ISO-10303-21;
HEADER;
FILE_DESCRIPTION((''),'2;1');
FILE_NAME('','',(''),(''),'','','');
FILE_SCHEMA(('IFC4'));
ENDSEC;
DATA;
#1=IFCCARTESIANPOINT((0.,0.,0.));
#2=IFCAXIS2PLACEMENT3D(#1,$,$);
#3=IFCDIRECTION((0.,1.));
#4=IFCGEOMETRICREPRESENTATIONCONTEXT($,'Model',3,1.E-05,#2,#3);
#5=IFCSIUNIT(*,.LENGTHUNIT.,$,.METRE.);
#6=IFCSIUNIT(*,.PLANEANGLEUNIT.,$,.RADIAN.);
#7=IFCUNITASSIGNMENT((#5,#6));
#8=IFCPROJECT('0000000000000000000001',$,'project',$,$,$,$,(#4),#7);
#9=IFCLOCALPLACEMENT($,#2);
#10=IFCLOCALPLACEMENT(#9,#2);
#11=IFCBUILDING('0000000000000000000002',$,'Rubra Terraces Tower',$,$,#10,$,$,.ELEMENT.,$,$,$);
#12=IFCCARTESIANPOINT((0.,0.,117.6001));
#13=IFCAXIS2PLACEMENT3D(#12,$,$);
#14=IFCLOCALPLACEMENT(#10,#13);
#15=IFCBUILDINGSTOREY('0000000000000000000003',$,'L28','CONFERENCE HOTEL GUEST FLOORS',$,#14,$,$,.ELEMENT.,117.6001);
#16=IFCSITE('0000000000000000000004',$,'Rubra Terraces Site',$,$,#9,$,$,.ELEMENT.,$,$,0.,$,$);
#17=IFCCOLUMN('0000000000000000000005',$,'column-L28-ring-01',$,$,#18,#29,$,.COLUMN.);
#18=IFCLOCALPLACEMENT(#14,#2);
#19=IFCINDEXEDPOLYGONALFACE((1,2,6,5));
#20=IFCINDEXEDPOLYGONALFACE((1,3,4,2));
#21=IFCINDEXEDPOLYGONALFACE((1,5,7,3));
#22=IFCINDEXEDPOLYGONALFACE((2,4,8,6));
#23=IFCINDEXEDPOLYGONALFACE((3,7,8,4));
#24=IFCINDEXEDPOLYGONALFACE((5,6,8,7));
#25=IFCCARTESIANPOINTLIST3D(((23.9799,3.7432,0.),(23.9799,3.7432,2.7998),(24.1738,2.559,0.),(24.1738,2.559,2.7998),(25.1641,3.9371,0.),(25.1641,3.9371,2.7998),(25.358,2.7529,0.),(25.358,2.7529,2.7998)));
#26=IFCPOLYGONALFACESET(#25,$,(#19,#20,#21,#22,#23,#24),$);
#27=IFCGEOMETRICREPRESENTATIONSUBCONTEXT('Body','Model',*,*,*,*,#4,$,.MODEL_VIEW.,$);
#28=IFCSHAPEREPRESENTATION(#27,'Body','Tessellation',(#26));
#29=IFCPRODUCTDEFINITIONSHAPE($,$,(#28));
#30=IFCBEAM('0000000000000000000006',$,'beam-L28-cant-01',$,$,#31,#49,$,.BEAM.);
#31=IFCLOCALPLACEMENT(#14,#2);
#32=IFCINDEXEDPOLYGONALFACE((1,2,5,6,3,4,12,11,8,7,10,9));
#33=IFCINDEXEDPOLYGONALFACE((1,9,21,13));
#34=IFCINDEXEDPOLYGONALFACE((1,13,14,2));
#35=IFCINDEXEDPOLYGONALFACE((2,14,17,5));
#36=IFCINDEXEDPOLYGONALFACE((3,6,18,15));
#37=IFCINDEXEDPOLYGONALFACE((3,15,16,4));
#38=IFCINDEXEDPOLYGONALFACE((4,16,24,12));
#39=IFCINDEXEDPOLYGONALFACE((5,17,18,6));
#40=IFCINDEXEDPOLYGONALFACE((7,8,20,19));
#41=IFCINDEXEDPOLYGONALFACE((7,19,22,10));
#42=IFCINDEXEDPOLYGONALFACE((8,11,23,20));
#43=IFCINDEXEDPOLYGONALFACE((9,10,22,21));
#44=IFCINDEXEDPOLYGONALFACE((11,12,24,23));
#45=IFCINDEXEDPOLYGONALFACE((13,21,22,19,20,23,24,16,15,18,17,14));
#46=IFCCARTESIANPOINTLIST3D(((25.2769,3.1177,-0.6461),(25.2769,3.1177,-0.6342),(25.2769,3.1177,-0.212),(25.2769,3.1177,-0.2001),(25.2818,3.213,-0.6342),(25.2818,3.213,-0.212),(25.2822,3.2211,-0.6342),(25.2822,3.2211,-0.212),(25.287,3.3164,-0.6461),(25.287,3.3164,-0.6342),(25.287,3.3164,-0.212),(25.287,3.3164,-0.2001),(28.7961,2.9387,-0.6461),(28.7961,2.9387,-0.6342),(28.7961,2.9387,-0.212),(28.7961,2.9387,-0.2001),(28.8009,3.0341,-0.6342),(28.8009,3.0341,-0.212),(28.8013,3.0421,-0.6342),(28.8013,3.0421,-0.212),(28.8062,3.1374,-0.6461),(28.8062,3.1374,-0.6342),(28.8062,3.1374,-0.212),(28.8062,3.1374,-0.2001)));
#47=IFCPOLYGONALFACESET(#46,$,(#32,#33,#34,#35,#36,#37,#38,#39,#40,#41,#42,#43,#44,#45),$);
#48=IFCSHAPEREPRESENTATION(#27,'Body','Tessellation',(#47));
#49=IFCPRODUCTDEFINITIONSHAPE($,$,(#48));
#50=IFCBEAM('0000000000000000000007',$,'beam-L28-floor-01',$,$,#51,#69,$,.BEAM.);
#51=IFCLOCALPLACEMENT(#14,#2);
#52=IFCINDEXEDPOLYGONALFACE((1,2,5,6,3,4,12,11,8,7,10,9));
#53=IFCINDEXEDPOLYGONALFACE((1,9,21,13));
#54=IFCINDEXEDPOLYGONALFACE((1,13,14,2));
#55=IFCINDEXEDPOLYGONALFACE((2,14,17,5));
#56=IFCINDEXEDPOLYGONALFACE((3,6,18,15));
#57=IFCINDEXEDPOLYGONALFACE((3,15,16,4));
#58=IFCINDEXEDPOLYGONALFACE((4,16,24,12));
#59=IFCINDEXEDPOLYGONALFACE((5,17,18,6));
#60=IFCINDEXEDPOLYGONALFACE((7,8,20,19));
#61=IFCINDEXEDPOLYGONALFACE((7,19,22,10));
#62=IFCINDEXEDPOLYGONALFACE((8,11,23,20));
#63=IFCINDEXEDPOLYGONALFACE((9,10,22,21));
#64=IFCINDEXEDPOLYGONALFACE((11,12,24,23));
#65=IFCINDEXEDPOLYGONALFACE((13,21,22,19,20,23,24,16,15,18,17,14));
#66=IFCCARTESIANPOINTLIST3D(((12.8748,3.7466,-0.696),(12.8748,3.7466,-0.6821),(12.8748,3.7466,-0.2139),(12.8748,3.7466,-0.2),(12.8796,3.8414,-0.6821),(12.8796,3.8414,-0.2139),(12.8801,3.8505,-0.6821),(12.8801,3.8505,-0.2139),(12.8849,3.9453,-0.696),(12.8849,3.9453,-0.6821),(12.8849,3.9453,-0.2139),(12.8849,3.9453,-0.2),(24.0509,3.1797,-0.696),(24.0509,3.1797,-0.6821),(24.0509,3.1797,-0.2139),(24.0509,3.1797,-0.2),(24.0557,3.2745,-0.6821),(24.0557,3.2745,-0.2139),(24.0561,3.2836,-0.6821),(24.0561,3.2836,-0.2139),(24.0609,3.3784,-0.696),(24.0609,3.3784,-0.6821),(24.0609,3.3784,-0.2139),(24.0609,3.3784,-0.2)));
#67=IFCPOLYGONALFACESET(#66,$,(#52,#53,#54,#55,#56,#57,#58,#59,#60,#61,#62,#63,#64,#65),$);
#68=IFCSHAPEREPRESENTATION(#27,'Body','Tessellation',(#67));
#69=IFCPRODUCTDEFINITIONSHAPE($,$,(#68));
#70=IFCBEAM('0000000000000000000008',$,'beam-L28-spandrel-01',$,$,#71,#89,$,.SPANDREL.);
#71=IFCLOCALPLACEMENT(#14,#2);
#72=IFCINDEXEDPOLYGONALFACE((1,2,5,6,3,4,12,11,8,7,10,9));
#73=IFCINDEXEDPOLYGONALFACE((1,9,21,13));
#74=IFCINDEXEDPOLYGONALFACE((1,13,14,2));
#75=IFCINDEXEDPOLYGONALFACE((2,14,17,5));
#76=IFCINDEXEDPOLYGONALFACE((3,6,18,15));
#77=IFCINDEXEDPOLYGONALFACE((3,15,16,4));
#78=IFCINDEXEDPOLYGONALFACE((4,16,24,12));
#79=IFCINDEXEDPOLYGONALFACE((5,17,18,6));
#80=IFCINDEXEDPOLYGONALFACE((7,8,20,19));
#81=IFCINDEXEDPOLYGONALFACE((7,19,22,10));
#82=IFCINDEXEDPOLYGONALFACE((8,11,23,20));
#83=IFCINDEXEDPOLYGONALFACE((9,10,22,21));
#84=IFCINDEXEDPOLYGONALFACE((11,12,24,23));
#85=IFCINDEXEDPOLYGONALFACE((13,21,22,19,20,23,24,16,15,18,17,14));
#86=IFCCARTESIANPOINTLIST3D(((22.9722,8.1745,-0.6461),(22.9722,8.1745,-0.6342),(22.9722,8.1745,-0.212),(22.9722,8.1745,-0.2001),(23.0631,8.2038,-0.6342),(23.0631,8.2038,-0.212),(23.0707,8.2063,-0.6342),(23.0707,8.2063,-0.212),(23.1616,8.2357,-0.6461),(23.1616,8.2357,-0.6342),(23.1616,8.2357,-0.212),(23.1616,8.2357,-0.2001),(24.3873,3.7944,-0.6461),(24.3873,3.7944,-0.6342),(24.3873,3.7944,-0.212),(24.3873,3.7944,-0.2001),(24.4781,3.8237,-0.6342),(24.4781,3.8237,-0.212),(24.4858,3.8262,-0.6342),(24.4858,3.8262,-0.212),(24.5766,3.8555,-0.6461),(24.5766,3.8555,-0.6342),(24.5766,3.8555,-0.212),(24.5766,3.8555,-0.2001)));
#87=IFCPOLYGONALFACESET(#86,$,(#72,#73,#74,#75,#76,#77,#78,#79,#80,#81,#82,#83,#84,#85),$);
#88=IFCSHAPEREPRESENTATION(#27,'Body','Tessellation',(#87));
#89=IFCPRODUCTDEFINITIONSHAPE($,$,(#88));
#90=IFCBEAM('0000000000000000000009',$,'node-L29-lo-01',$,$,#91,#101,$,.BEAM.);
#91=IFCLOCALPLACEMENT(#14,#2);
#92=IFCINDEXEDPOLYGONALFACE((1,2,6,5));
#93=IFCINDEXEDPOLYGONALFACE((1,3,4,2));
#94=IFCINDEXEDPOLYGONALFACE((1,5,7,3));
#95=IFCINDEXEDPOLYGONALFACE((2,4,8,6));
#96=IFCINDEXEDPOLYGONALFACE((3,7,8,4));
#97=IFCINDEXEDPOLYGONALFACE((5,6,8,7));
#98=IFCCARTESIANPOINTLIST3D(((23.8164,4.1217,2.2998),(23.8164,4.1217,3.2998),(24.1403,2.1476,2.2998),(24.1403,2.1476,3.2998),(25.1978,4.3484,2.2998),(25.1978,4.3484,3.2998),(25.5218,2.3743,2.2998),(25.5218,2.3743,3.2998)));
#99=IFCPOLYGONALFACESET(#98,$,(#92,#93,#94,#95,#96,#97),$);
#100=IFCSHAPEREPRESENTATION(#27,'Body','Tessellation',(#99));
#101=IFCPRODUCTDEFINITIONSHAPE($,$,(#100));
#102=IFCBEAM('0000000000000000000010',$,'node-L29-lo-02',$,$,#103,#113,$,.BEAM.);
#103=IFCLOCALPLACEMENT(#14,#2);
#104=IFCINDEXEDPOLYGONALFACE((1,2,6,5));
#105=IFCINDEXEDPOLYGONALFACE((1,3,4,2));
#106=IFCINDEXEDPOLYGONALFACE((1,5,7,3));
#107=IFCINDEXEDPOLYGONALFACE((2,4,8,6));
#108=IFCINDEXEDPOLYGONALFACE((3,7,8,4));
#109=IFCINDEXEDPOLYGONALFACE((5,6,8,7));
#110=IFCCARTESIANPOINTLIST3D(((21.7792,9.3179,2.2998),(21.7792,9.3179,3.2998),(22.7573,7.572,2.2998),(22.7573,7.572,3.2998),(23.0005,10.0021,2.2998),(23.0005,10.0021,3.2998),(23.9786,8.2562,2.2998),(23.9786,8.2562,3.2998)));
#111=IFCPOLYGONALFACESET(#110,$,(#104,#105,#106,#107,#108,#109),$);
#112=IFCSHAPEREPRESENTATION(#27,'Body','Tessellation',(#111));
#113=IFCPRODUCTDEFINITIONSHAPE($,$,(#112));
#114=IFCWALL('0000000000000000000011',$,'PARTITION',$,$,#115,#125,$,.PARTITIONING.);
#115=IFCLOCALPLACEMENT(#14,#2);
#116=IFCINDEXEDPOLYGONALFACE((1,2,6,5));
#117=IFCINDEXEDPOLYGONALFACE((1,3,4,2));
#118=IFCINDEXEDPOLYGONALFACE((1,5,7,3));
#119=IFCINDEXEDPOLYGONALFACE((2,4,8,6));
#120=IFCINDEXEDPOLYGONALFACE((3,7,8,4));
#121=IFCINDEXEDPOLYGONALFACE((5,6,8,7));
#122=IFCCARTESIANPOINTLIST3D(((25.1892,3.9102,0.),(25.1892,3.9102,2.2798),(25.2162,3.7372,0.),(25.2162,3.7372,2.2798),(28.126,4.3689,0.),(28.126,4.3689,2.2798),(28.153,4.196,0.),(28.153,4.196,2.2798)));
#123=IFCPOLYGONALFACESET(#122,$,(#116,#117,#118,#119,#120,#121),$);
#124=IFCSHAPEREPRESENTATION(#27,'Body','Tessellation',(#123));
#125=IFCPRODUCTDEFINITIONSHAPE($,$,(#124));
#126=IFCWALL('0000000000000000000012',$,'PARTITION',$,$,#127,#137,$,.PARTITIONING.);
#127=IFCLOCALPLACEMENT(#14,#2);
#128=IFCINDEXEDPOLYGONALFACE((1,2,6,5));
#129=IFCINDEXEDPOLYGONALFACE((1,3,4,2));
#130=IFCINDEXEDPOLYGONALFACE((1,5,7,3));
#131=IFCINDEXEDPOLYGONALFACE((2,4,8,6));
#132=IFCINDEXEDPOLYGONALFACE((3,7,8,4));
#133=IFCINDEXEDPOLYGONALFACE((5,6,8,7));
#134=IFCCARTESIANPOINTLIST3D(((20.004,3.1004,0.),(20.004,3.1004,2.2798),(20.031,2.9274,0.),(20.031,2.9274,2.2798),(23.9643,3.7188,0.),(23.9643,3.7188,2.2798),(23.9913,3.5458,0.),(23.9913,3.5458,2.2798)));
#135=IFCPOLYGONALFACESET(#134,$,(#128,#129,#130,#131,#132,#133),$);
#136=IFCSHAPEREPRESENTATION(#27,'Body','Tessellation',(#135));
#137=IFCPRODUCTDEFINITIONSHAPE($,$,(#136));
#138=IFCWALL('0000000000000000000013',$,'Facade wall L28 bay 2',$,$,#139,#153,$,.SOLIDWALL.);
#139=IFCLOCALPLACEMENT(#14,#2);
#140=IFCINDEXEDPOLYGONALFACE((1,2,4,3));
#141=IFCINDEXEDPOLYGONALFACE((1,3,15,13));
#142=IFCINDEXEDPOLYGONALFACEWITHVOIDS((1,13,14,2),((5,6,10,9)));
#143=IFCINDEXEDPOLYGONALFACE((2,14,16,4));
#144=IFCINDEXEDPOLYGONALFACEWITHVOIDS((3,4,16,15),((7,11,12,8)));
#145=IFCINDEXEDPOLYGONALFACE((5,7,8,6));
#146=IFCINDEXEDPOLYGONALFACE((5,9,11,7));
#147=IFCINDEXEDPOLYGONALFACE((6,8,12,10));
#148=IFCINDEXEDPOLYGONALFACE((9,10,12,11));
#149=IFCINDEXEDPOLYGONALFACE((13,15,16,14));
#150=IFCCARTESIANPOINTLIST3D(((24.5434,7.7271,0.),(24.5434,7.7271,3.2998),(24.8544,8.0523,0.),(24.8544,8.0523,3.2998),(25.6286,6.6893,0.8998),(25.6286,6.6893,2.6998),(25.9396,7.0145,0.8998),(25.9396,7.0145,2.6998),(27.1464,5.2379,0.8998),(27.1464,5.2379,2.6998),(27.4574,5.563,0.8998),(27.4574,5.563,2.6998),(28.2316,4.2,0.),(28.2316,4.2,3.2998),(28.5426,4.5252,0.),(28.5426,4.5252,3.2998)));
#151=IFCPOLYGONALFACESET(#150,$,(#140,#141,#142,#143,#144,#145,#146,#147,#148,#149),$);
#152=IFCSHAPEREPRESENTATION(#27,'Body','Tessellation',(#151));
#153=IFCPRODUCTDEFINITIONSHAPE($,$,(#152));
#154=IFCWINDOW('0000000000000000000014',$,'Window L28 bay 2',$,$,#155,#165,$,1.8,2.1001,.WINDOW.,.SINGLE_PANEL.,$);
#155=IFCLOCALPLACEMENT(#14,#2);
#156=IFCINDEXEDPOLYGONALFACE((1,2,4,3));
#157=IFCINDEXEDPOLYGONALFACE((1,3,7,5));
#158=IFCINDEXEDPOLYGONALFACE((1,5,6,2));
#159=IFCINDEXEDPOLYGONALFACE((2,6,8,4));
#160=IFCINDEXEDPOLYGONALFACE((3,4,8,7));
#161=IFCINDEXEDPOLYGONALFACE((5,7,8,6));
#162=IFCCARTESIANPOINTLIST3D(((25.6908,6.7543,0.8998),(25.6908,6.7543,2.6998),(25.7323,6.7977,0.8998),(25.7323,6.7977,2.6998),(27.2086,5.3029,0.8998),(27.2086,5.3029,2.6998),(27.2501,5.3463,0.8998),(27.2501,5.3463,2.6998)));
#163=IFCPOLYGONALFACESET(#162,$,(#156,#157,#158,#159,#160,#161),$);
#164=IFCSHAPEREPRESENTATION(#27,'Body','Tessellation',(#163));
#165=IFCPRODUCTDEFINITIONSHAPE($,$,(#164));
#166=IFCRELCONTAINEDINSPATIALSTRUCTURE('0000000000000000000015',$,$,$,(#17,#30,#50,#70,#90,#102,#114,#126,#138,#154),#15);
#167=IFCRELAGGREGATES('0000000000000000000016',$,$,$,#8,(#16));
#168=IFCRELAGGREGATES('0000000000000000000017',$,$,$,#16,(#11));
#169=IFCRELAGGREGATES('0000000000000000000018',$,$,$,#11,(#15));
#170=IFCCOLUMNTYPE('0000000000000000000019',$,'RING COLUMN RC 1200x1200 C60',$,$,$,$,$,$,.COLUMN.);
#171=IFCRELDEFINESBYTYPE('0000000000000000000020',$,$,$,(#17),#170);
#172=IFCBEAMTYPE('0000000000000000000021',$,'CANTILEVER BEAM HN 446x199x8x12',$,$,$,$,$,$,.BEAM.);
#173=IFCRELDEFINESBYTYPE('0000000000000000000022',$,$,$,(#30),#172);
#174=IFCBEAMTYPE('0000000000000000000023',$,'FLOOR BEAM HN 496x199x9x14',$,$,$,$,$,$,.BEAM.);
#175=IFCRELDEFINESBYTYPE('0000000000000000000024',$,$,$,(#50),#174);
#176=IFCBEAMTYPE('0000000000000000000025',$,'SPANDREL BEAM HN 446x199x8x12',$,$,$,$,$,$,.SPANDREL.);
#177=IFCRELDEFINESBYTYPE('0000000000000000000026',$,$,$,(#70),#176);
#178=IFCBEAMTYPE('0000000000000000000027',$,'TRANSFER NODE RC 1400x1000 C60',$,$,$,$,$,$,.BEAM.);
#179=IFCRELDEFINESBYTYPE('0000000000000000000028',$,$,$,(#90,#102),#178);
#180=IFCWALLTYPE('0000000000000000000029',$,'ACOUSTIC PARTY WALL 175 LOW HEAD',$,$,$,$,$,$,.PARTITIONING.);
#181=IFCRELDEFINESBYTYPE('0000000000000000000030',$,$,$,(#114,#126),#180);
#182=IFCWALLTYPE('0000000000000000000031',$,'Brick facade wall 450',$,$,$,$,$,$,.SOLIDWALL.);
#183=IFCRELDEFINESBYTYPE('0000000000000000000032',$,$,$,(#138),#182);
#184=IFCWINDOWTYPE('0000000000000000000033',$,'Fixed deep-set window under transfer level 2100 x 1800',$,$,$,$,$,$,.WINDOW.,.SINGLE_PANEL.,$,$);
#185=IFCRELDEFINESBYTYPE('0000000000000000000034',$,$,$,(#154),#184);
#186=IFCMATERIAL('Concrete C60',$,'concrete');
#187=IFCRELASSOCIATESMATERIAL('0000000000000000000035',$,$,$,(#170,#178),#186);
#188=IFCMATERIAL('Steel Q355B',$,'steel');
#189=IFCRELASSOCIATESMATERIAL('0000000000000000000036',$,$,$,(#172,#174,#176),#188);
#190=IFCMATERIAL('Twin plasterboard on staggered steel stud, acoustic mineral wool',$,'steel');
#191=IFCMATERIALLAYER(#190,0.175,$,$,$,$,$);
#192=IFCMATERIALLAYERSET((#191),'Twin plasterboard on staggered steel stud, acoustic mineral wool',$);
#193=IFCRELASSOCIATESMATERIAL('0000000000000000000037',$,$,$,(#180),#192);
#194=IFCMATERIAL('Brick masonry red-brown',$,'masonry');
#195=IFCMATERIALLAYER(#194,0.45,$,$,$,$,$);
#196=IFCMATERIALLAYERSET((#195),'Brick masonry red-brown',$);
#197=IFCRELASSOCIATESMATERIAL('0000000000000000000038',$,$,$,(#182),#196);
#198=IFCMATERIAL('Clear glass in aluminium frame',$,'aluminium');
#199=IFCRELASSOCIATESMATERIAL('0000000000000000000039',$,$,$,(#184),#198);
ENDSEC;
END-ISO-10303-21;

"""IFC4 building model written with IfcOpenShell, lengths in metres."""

from ifc_helpers import new_model, si_unit, direction, frame, frame_2d, origin, origin_2d, place, context, subcontext, project, spatial, rectangle, i_section, extrude, material, layer, layer_set, material_profile, profile_set, type_object, element, fill, save


model = new_model("IFC4")

# Units and contexts
model_context = context("Model", 3, precision=1e-05, world=origin(), true_north=direction((0.0, 1.0)))
body_context = subcontext(model_context, "Body", "Model", "MODEL_VIEW")
ifc_project = project(units=[si_unit("LENGTHUNIT", "METRE"), si_unit("PLANEANGLEUNIT", "RADIAN")], contexts=[model_context])

# Site, building, storey
site_placement = place(None, origin())
site = spatial("IfcSite", under=ifc_project, at=site_placement, Name="Rubra Terraces Site", CompositionType="ELEMENT", RefElevation=0.0)
building_placement = place(site_placement, origin())
building = spatial("IfcBuilding", under=site, at=building_placement, Name="Rubra Terraces Tower", CompositionType="ELEMENT")
storey_placement = place(building_placement, frame((0.0, 0.0, 117.6001)))
storey = spatial("IfcBuildingStorey", under=building, at=storey_placement, Name="L28", Description="CONFERENCE HOTEL GUEST FLOORS", CompositionType="ELEMENT", Elevation=117.6001)

# Column
ifc_material_1 = material(Name="Concrete C60", Category="concrete")
ifc_material_profile_1 = material_profile(ifc_material_1, rectangle(XDim=1.2, YDim=1.2, at=origin_2d()), Name="RC 1200x1200")
ifc_profile_set_1 = profile_set([ifc_material_profile_1], Name="Concrete C60")
column_type = type_object("IfcColumnType", Name="RING COLUMN RC 1200x1200 C60", PredefinedType="COLUMN", material=ifc_profile_set_1)
column_placement = place(storey_placement, frame((24.6689, 3.248, 0.0), z_axis=(0.0, 0.0, 1.0), x_axis=(-0.161559, 0.986863, 0.0)))
element("IfcColumn", 1, at=column_placement, inside=storey, type_object=column_type, Name="column-L28-ring-01", PredefinedType="COLUMN", context=body_context, shape_type="SweptSolid", body=[
    extrude(rectangle(XDim=1.2, YDim=1.2, at=origin_2d()), origin(), (0.0, 0.0, 1.0), 2.7998),
])

# Beams
ifc_material_2 = material(Name="Steel Q355B", Category="steel")
ifc_material_profile_2 = material_profile(ifc_material_2, i_section(OverallWidth=0.199, OverallDepth=0.446, WebThickness=0.0081, FlangeThickness=0.012, at=origin_2d()), Name="HN 446x199x8x12")
ifc_profile_set_2 = profile_set([ifc_material_profile_2], Name="Steel Q355B")
beam_type_1 = type_object("IfcBeamType", Name="CANTILEVER BEAM HN 446x199x8x12", PredefinedType="BEAM", material=ifc_profile_set_2)
beam_1_placement = place(storey_placement, frame((25.282, 3.217, -0.4231), z_axis=(0.998709, -0.050788, 0.0), x_axis=(0.050788, 0.998709, 0.0)))
element("IfcBeam", 2, at=beam_1_placement, inside=storey, type_object=beam_type_1, Name="beam-L28-cant-01", PredefinedType="BEAM", context=body_context, shape_type="SweptSolid", body=[
    extrude(i_section(OverallWidth=0.199, OverallDepth=0.446, WebThickness=0.0081, FlangeThickness=0.012, at=origin_2d()), origin(), (0.0, 0.0, 1.0), 3.5237),
])
ifc_material_profile_3 = material_profile(ifc_material_2, i_section(OverallWidth=0.199, OverallDepth=0.4961, WebThickness=0.009, FlangeThickness=0.0139, at=origin_2d()), Name="HN 496x199x9x14")
ifc_profile_set_3 = profile_set([ifc_material_profile_3], Name="Steel Q355B")
beam_type_2 = type_object("IfcBeamType", Name="FLOOR BEAM HN 496x199x9x14", PredefinedType="BEAM", material=ifc_profile_set_3)
beam_2_placement = place(storey_placement, frame((24.0559, 3.2791, -0.448), z_axis=(-0.998716, 0.050659, 0.0), x_axis=(-0.050659, -0.998716, 0.0)))
element("IfcBeam", 3, at=beam_2_placement, inside=storey, type_object=beam_type_2, Name="beam-L28-floor-01", PredefinedType="BEAM", context=body_context, shape_type="SweptSolid", body=[
    extrude(i_section(OverallWidth=0.199, OverallDepth=0.4961, WebThickness=0.009, FlangeThickness=0.0139, at=origin_2d()), origin(), (0.0, 0.0, 1.0), 11.1904),
])
ifc_material_profile_4 = material_profile(ifc_material_2, i_section(OverallWidth=0.199, OverallDepth=0.446, WebThickness=0.0081, FlangeThickness=0.012, at=origin_2d()), Name="HN 446x199x8x12")
ifc_profile_set_4 = profile_set([ifc_material_profile_4], Name="Steel Q355B")
beam_type_3 = type_object("IfcBeamType", Name="SPANDREL BEAM HN 446x199x8x12", PredefinedType="SPANDREL", material=ifc_profile_set_4)
beam_3_placement = place(storey_placement, frame((24.4819, 3.825, -0.4231), z_axis=(-0.307415, 0.951576, 0.0), x_axis=(-0.951576, -0.307415, 0.0)))
element("IfcBeam", 4, at=beam_3_placement, inside=storey, type_object=beam_type_3, Name="beam-L28-spandrel-01", PredefinedType="SPANDREL", context=body_context, shape_type="SweptSolid", body=[
    extrude(i_section(OverallWidth=0.199, OverallDepth=0.446, WebThickness=0.0081, FlangeThickness=0.012, at=origin_2d()), origin(), (0.0, 0.0, 1.0), 4.603),
])
ifc_material_profile_5 = material_profile(ifc_material_1, rectangle(XDim=1.3999, YDim=1.0, at=origin_2d()), Name="RC 1400x1000")
ifc_profile_set_5 = profile_set([ifc_material_profile_5], Name="Concrete C60")
beam_type_4 = type_object("IfcBeamType", Name="TRANSFER NODE RC 1400x1000 C60", PredefinedType="BEAM", material=ifc_profile_set_5)
beam_4_placement = place(storey_placement, frame((24.8311, 2.261, 2.7998), z_axis=(-0.161945, 0.9868, 0.0), x_axis=(-0.9868, -0.161945, 0.0)))
element("IfcBeam", 5, at=beam_4_placement, inside=storey, type_object=beam_type_4, Name="node-L29-lo-01", PredefinedType="BEAM", context=body_context, shape_type="SweptSolid", body=[
    extrude(rectangle(XDim=1.3999, YDim=1.0, at=origin_2d()), origin(), (0.0, 0.0, 1.0), 2.0005),
])
beam_5_placement = place(storey_placement, frame((23.3679, 7.9141, 2.7998), z_axis=(-0.488737, 0.872431, 0.0), x_axis=(-0.872431, -0.488737, 0.0)))
element("IfcBeam", 6, at=beam_5_placement, inside=storey, type_object=beam_type_4, Name="node-L29-lo-02", PredefinedType="BEAM", context=body_context, shape_type="SweptSolid", body=[
    extrude(rectangle(XDim=1.3999, YDim=1.0, at=origin_2d()), origin(), (0.0, 0.0, 1.0), 2.0012),
])

# Walls
ifc_material_3 = material(Name="Twin plasterboard on staggered steel stud, acoustic mineral wool", Category="steel")
ifc_layer_1 = layer(ifc_material_3, 0.175)
ifc_layer_set_1 = layer_set([ifc_layer_1], Name="Twin plasterboard on staggered steel stud, acoustic mineral wool")
wall_type_1 = type_object("IfcWallType", Name="ACOUSTIC PARTY WALL 175 LOW HEAD", PredefinedType="PARTITIONING", material=ifc_layer_set_1)
wall_1_placement = place(storey_placement, frame((28.1396, 4.2825, 0.0), z_axis=(0.0, 0.0, 1.0), x_axis=(-0.988019, -0.154334, 0.0)))
element("IfcWall", 7, at=wall_1_placement, inside=storey, type_object=wall_type_1, Name="PARTITION", PredefinedType="PARTITIONING", context=body_context, shape_type="SweptSolid", body=[
    extrude(rectangle(XDim=2.9724, YDim=0.175, at=frame_2d((1.4863, 0.0))), origin(), (0.0, 0.0, 1.0), 2.2798),
])
wall_2_placement = place(storey_placement, frame((23.9778, 3.6323, 0.0), z_axis=(0.0, 0.0, 1.0), x_axis=(-0.988026, -0.154286, 0.0)))
element("IfcWall", 8, at=wall_2_placement, inside=storey, type_object=wall_type_1, Name="PARTITION", PredefinedType="PARTITIONING", context=body_context, shape_type="SweptSolid", body=[
    extrude(rectangle(XDim=4.0083, YDim=0.175, at=frame_2d((2.0042, 0.0))), origin(), (0.0, 0.0, 1.0), 2.2798),
])

# Wall, opening, window
ifc_material_4 = material(Name="Brick masonry red-brown", Category="masonry")
ifc_layer_2 = layer(ifc_material_4, 0.45)
ifc_layer_set_2 = layer_set([ifc_layer_2], Name="Brick masonry red-brown")
wall_type_2 = type_object("IfcWallType", Name="Brick facade wall 450", PredefinedType="SOLIDWALL", material=ifc_layer_set_2)
wall_3_placement = place(storey_placement, frame((28.3872, 4.3625, 0.0), z_axis=(0.0, 0.0, 1.0), x_axis=(-0.722718, 0.691143, 0.0)))
wall_3 = element("IfcWall", 9, at=wall_3_placement, inside=storey, type_object=wall_type_2, Name="Facade wall L28 bay 2", PredefinedType="SOLIDWALL", context=body_context, shape_type="SweptSolid", body=[
    extrude(rectangle(XDim=5.1033, YDim=0.45, at=frame_2d((2.5518, 0.0))), origin(), (0.0, 0.0, 1.0), 3.2998),
])
opening_1_placement = place(wall_3_placement, frame((1.5017, 0.0, 0.8999)))
opening_1 = element("IfcOpeningElement", 10, at=opening_1_placement, cuts=wall_3, PredefinedType="OPENING", context=body_context, shape_type="SweptSolid", body=[
    extrude(rectangle(XDim=2.1001, YDim=1.8, at=frame_2d((1.05, 0.8999))), frame((0.0, 0.2349, 0.0), z_axis=(0.0, -1.0, 0.0), x_axis=(1.0, 0.0, 0.0)), (0.0, 0.0, 1.0), 0.47),
])
ifc_material_5 = material(Name="Clear glass in aluminium frame", Category="aluminium")
window_type = type_object("IfcWindowType", Name="Fixed deep-set window under transfer level 2100 x 1800", PartitioningType="SINGLE_PANEL", PredefinedType="WINDOW", material=ifc_material_5)
window_1_placement = place(opening_1_placement, origin())
window_1 = element("IfcWindow", 11, at=window_1_placement, inside=storey, type_object=window_type, Name="Window L28 bay 2", OverallHeight=1.8, OverallWidth=2.1001, PartitioningType="SINGLE_PANEL", PredefinedType="WINDOW", context=body_context, shape_type="SweptSolid", body=[
    extrude(rectangle(XDim=2.1001, YDim=1.8, at=frame_2d((1.05, 0.8999))), frame((0.0, 0.135, 0.0), z_axis=(0.0, -1.0, 0.0), x_axis=(1.0, 0.0, 0.0)), (0.0, 0.0, 1.0), 0.0601),
])
fill(opening_1, window_1)

save(model, "model.ifc")
